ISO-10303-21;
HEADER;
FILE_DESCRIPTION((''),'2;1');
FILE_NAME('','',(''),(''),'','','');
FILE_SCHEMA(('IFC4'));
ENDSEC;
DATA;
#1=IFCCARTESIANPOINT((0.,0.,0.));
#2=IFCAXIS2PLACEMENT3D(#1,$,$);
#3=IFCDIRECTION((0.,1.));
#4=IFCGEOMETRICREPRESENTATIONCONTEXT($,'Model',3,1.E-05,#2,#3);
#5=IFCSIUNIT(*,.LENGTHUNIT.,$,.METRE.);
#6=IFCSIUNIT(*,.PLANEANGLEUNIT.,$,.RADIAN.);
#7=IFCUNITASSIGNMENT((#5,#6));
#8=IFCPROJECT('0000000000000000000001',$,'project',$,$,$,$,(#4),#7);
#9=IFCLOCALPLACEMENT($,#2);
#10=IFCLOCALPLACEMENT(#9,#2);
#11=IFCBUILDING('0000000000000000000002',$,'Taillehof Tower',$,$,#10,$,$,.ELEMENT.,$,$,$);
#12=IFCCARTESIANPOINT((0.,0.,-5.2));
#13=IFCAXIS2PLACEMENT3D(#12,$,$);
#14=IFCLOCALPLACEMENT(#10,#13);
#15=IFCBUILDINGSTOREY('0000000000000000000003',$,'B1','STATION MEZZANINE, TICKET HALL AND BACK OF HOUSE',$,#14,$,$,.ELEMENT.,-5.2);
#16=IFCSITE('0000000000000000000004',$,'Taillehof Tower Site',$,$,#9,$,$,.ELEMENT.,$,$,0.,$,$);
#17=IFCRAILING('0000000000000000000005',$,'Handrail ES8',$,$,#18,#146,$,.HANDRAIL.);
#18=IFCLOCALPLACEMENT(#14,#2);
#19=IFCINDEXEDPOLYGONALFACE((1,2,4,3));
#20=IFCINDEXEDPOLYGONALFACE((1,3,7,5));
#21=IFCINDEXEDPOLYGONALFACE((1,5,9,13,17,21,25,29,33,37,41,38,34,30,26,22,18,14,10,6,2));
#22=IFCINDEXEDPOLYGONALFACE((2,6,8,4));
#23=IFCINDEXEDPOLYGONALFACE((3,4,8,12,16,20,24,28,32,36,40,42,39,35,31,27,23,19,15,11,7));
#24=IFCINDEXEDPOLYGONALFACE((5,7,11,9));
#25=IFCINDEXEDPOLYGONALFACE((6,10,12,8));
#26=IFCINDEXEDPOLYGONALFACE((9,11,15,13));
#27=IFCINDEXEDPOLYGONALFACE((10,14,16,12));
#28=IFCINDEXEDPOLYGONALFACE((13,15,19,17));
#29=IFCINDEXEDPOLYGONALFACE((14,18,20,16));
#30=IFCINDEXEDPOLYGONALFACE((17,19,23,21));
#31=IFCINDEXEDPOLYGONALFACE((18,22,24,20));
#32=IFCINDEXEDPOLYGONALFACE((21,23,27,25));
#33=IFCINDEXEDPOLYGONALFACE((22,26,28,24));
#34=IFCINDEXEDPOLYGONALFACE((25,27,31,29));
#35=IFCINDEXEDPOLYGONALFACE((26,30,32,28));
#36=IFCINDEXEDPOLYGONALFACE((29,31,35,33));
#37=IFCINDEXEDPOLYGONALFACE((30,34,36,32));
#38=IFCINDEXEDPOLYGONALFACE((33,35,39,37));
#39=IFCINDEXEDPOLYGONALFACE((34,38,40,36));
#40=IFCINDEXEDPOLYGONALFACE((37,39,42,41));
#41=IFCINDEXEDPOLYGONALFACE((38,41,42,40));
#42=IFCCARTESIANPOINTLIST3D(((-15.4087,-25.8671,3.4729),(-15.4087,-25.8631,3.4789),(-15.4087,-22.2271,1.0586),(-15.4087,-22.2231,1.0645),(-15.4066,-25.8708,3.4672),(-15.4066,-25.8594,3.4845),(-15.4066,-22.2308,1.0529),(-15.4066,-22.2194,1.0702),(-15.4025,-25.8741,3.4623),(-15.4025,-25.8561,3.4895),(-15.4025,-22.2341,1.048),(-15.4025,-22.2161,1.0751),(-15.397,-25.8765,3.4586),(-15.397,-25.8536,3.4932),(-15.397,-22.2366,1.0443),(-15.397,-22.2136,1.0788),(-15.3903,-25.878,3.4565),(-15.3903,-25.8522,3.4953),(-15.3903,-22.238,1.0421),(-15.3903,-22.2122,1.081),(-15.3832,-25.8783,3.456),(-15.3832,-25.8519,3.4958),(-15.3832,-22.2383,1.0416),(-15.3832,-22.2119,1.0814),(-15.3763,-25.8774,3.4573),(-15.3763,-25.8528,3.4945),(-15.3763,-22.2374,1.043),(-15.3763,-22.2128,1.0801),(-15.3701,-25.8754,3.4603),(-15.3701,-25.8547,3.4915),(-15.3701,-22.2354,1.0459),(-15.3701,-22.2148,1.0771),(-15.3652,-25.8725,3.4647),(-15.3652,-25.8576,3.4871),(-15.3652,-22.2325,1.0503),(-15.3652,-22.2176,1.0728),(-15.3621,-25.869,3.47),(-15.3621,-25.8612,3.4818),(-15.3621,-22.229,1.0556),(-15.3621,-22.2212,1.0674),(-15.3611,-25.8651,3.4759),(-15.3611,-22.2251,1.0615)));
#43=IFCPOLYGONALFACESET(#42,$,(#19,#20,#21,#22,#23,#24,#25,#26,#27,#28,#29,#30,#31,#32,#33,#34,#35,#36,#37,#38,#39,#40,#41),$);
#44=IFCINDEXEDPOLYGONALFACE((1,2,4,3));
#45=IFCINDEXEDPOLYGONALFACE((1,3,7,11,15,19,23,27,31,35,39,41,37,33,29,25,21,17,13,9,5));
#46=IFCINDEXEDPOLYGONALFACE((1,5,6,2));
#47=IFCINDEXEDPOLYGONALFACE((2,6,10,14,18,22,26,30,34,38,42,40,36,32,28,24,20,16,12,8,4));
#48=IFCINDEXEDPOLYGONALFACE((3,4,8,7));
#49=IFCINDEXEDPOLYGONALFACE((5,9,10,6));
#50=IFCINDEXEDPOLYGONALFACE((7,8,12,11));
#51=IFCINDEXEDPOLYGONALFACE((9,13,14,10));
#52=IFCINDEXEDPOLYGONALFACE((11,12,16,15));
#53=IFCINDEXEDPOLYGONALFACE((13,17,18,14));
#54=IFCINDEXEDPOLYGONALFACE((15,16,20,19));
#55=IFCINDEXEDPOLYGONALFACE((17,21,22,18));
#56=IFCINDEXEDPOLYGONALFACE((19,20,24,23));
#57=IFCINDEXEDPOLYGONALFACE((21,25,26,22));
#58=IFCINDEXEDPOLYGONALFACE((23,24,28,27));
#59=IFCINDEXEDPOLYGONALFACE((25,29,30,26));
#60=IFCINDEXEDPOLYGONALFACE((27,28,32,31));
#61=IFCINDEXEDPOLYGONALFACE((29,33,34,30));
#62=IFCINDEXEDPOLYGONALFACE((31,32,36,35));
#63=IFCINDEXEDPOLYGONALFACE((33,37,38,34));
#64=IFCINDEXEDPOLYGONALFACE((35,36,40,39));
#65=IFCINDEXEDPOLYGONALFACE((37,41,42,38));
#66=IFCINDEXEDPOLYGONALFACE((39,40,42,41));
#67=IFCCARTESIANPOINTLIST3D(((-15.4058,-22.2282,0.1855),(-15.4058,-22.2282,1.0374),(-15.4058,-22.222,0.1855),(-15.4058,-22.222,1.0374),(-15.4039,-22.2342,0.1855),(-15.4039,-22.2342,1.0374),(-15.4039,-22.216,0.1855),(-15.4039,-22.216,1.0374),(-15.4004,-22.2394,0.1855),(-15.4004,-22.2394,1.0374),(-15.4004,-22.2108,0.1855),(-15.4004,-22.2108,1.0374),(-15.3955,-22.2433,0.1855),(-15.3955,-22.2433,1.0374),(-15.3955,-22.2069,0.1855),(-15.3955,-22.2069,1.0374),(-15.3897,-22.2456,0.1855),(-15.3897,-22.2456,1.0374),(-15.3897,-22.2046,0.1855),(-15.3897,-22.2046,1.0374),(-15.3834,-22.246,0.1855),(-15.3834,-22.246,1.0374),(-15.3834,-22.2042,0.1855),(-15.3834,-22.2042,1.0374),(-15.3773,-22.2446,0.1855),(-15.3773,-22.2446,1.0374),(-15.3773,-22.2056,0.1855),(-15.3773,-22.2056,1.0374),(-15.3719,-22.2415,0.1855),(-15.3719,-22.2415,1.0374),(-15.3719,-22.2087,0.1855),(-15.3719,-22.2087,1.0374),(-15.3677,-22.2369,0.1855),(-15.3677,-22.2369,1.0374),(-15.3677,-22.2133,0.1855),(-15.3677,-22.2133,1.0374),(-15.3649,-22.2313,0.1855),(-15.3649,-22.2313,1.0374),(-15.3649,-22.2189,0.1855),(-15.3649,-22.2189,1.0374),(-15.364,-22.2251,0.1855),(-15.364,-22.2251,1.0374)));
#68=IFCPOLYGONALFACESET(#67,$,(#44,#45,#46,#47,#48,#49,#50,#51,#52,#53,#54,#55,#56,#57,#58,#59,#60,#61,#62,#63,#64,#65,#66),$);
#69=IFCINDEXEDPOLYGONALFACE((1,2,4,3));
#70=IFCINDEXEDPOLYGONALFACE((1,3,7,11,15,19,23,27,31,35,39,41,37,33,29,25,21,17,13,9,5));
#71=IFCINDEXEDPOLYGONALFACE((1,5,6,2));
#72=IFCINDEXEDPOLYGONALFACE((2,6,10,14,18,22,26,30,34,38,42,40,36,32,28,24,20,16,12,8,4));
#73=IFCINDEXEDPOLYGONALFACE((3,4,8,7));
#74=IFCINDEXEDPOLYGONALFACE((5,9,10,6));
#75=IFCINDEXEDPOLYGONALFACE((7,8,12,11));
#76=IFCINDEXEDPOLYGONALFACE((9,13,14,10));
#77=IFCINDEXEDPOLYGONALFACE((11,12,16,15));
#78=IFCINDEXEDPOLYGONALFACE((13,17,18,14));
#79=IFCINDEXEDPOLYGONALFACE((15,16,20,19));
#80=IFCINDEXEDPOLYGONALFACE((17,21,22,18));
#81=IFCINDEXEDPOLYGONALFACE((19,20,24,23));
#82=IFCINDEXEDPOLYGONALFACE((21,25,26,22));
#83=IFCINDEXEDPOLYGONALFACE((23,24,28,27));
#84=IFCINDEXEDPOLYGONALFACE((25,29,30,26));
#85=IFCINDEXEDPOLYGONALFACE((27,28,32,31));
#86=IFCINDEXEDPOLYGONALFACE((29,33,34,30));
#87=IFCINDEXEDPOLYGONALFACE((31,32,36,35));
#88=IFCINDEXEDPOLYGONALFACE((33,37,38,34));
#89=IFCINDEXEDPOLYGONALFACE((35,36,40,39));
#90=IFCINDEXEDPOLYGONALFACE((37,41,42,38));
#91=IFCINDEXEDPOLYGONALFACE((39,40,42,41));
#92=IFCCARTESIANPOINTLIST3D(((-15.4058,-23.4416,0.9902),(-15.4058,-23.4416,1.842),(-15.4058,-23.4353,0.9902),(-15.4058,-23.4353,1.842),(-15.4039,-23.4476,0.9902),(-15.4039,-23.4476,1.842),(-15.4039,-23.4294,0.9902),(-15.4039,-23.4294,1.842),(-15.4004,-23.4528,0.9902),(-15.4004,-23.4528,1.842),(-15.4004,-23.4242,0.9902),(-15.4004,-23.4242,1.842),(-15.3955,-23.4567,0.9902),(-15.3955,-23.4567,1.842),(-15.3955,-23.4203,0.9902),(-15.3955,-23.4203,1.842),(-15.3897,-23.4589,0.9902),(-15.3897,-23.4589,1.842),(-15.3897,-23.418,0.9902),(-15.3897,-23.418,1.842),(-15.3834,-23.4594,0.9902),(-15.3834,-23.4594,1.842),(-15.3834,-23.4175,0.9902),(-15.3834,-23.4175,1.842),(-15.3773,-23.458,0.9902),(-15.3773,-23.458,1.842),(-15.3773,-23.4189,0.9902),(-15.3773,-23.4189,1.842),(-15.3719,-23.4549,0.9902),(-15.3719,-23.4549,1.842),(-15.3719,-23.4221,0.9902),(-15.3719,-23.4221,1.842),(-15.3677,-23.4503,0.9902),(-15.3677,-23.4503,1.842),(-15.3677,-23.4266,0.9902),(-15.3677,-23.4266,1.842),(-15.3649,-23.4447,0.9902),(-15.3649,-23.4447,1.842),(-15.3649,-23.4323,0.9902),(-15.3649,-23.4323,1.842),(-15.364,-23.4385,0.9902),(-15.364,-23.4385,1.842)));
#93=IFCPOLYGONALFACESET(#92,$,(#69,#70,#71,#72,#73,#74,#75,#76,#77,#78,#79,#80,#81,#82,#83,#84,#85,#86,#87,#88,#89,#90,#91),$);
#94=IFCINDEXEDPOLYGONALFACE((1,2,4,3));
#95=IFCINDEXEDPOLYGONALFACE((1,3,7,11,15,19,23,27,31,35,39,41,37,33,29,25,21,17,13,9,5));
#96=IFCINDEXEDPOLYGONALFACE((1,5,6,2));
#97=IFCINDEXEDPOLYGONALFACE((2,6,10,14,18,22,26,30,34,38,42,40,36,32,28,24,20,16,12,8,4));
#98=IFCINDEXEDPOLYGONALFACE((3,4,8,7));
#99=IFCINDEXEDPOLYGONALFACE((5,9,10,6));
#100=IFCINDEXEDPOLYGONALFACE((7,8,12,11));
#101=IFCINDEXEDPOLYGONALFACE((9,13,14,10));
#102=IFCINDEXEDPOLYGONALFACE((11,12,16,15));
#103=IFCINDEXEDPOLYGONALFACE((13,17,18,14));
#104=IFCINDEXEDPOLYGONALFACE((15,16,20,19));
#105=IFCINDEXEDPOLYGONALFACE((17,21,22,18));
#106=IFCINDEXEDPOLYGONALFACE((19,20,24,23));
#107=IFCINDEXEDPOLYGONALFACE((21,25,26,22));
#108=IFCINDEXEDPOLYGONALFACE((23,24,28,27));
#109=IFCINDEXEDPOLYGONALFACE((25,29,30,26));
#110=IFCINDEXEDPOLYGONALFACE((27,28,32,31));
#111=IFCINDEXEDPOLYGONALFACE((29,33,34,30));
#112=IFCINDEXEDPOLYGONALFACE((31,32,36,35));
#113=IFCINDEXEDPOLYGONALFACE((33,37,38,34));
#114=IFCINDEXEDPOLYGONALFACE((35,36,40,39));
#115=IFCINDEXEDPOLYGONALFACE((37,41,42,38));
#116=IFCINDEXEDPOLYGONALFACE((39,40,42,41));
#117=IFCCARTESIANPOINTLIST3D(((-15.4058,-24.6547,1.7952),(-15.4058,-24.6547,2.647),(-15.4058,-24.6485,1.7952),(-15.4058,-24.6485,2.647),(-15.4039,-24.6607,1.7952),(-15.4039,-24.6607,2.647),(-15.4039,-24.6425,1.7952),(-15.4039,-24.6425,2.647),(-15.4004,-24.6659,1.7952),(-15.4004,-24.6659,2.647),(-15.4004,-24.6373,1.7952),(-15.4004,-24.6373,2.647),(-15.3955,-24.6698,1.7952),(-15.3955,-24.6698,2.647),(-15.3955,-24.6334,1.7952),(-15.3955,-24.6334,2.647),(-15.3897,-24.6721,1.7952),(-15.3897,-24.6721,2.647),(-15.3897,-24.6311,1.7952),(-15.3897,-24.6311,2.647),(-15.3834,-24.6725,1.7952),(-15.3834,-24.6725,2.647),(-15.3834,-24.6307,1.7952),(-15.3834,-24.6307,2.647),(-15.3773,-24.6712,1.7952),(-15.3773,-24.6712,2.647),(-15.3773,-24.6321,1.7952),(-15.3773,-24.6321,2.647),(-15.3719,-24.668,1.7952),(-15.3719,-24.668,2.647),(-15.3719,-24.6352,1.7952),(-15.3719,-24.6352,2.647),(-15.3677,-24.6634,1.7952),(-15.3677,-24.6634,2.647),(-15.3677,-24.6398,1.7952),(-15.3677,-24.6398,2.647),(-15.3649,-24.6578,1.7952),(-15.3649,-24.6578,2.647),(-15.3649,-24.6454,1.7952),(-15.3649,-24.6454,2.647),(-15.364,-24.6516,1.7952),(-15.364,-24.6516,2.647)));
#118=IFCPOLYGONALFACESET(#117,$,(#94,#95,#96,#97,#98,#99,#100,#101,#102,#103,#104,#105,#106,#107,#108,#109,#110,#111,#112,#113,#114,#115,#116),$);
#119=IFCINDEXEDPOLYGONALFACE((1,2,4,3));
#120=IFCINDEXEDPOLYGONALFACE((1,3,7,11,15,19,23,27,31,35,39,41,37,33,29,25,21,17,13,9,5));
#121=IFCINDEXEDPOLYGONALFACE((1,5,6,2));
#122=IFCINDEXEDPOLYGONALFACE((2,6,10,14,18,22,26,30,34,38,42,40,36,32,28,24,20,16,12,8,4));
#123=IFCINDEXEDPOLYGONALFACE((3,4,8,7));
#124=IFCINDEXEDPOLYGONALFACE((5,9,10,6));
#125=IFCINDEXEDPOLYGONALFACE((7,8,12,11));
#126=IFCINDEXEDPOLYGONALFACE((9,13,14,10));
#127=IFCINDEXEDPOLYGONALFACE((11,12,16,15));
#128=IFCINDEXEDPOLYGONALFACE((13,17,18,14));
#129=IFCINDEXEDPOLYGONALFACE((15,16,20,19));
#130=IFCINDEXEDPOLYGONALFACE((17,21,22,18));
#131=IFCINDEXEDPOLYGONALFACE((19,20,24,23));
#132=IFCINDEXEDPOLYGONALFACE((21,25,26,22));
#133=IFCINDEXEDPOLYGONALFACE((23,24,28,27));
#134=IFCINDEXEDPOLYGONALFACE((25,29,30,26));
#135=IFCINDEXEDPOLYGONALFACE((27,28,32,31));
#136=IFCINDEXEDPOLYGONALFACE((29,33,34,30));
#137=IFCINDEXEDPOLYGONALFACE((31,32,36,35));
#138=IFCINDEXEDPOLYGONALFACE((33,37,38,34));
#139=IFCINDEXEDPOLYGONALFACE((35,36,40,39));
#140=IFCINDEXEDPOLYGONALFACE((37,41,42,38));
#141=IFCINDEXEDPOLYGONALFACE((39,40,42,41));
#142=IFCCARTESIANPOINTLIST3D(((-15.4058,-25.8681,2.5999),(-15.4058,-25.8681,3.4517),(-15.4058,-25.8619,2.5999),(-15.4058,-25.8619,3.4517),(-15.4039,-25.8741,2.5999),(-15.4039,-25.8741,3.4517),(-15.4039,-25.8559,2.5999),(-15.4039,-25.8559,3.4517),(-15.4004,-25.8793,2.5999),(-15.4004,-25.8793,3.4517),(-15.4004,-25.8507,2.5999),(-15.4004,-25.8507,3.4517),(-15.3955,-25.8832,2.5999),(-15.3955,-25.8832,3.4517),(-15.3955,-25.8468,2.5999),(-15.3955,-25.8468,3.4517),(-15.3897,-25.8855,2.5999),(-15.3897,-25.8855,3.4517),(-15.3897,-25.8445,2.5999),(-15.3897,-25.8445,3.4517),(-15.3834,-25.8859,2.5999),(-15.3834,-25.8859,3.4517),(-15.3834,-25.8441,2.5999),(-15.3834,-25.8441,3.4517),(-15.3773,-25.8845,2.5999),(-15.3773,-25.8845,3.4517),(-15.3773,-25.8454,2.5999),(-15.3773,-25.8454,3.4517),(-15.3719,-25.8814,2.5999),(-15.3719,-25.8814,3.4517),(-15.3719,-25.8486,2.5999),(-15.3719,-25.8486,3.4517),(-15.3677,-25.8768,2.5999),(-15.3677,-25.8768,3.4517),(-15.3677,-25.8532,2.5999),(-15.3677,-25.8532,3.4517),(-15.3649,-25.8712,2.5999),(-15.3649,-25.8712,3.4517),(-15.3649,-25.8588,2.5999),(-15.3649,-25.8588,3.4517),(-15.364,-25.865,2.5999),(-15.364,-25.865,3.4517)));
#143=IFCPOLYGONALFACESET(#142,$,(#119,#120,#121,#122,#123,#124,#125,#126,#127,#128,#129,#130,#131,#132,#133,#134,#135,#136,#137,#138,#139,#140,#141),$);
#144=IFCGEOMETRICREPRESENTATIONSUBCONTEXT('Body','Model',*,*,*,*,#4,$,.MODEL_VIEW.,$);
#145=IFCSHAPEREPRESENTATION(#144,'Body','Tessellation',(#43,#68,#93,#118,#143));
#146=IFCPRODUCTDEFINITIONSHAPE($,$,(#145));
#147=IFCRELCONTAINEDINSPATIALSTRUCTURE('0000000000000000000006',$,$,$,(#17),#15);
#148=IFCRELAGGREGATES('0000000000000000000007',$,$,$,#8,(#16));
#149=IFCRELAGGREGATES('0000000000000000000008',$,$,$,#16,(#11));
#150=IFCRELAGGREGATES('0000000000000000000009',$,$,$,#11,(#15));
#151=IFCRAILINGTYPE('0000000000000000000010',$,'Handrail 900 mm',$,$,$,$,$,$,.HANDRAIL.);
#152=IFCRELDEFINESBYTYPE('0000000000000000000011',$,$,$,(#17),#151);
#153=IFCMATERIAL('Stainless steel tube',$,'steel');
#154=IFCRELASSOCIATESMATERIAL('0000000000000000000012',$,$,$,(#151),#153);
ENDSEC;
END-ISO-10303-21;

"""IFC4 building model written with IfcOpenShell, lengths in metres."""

from ifc_helpers import new_model, si_unit, direction, frame, origin, origin_2d, place, context, subcontext, project, spatial, circle, extrude, material, type_object, element, save


model = new_model("IFC4")

# Units and contexts
model_context = context("Model", 3, precision=1e-05, world=origin(), true_north=direction((0.0, 1.0)))
body_context = subcontext(model_context, "Body", "Model", "MODEL_VIEW")
ifc_project = project(units=[si_unit("LENGTHUNIT", "METRE"), si_unit("PLANEANGLEUNIT", "RADIAN")], contexts=[model_context])

# Site, building, storey
site_placement = place(None, origin())
site = spatial("IfcSite", under=ifc_project, at=site_placement, Name="Taillehof Tower Site", CompositionType="ELEMENT", RefElevation=0.0)
building_placement = place(site_placement, origin())
building = spatial("IfcBuilding", under=site, at=building_placement, Name="Taillehof Tower", CompositionType="ELEMENT")
storey_placement = place(building_placement, frame((0.0, 0.0, -5.2)))
storey = spatial("IfcBuildingStorey", under=building, at=storey_placement, Name="B1", Description="STATION MEZZANINE, TICKET HALL AND BACK OF HOUSE", CompositionType="ELEMENT", Elevation=-5.2)

# Railing
ifc_material_1 = material(Name="Stainless steel tube", Category="steel")
railing_type = type_object("IfcRailingType", Name="Handrail 900 mm", PredefinedType="HANDRAIL", material=ifc_material_1)
for number, where, name in (
    (1, (-15.385, -22.2251, 0.1855), "Handrail ES8"),
):
    element("IfcRailing", number, at=place(storey_placement, frame(where)), inside=storey, type_object=railing_type, Name=name, PredefinedType="HANDRAIL", context=body_context, shape_type="SweptSolid", body=[
        extrude(circle(Radius=0.0239, at=origin_2d()), frame((0.0, 0.0, 0.876), z_axis=(0.0, -0.833347, 0.552751), x_axis=(1.0, 0.0, 0.0)), (0.0, 0.0, 1.0), 4.3679),
        extrude(circle(Radius=0.021, at=origin_2d()), origin(), (0.0, 0.0, 1.0), 0.8518),
        extrude(circle(Radius=0.021, at=origin_2d()), frame((0.0, -1.2134, 0.8047)), (0.0, 0.0, 1.0), 0.8518),
        extrude(circle(Radius=0.021, at=origin_2d()), frame((0.0, -2.4265, 1.6096)), (0.0, 0.0, 1.0), 0.8518),
        extrude(circle(Radius=0.021, at=origin_2d()), frame((0.0, -3.6399, 2.4143)), (0.0, 0.0, 1.0), 0.8518),
    ])

save(model, "model.ifc")
